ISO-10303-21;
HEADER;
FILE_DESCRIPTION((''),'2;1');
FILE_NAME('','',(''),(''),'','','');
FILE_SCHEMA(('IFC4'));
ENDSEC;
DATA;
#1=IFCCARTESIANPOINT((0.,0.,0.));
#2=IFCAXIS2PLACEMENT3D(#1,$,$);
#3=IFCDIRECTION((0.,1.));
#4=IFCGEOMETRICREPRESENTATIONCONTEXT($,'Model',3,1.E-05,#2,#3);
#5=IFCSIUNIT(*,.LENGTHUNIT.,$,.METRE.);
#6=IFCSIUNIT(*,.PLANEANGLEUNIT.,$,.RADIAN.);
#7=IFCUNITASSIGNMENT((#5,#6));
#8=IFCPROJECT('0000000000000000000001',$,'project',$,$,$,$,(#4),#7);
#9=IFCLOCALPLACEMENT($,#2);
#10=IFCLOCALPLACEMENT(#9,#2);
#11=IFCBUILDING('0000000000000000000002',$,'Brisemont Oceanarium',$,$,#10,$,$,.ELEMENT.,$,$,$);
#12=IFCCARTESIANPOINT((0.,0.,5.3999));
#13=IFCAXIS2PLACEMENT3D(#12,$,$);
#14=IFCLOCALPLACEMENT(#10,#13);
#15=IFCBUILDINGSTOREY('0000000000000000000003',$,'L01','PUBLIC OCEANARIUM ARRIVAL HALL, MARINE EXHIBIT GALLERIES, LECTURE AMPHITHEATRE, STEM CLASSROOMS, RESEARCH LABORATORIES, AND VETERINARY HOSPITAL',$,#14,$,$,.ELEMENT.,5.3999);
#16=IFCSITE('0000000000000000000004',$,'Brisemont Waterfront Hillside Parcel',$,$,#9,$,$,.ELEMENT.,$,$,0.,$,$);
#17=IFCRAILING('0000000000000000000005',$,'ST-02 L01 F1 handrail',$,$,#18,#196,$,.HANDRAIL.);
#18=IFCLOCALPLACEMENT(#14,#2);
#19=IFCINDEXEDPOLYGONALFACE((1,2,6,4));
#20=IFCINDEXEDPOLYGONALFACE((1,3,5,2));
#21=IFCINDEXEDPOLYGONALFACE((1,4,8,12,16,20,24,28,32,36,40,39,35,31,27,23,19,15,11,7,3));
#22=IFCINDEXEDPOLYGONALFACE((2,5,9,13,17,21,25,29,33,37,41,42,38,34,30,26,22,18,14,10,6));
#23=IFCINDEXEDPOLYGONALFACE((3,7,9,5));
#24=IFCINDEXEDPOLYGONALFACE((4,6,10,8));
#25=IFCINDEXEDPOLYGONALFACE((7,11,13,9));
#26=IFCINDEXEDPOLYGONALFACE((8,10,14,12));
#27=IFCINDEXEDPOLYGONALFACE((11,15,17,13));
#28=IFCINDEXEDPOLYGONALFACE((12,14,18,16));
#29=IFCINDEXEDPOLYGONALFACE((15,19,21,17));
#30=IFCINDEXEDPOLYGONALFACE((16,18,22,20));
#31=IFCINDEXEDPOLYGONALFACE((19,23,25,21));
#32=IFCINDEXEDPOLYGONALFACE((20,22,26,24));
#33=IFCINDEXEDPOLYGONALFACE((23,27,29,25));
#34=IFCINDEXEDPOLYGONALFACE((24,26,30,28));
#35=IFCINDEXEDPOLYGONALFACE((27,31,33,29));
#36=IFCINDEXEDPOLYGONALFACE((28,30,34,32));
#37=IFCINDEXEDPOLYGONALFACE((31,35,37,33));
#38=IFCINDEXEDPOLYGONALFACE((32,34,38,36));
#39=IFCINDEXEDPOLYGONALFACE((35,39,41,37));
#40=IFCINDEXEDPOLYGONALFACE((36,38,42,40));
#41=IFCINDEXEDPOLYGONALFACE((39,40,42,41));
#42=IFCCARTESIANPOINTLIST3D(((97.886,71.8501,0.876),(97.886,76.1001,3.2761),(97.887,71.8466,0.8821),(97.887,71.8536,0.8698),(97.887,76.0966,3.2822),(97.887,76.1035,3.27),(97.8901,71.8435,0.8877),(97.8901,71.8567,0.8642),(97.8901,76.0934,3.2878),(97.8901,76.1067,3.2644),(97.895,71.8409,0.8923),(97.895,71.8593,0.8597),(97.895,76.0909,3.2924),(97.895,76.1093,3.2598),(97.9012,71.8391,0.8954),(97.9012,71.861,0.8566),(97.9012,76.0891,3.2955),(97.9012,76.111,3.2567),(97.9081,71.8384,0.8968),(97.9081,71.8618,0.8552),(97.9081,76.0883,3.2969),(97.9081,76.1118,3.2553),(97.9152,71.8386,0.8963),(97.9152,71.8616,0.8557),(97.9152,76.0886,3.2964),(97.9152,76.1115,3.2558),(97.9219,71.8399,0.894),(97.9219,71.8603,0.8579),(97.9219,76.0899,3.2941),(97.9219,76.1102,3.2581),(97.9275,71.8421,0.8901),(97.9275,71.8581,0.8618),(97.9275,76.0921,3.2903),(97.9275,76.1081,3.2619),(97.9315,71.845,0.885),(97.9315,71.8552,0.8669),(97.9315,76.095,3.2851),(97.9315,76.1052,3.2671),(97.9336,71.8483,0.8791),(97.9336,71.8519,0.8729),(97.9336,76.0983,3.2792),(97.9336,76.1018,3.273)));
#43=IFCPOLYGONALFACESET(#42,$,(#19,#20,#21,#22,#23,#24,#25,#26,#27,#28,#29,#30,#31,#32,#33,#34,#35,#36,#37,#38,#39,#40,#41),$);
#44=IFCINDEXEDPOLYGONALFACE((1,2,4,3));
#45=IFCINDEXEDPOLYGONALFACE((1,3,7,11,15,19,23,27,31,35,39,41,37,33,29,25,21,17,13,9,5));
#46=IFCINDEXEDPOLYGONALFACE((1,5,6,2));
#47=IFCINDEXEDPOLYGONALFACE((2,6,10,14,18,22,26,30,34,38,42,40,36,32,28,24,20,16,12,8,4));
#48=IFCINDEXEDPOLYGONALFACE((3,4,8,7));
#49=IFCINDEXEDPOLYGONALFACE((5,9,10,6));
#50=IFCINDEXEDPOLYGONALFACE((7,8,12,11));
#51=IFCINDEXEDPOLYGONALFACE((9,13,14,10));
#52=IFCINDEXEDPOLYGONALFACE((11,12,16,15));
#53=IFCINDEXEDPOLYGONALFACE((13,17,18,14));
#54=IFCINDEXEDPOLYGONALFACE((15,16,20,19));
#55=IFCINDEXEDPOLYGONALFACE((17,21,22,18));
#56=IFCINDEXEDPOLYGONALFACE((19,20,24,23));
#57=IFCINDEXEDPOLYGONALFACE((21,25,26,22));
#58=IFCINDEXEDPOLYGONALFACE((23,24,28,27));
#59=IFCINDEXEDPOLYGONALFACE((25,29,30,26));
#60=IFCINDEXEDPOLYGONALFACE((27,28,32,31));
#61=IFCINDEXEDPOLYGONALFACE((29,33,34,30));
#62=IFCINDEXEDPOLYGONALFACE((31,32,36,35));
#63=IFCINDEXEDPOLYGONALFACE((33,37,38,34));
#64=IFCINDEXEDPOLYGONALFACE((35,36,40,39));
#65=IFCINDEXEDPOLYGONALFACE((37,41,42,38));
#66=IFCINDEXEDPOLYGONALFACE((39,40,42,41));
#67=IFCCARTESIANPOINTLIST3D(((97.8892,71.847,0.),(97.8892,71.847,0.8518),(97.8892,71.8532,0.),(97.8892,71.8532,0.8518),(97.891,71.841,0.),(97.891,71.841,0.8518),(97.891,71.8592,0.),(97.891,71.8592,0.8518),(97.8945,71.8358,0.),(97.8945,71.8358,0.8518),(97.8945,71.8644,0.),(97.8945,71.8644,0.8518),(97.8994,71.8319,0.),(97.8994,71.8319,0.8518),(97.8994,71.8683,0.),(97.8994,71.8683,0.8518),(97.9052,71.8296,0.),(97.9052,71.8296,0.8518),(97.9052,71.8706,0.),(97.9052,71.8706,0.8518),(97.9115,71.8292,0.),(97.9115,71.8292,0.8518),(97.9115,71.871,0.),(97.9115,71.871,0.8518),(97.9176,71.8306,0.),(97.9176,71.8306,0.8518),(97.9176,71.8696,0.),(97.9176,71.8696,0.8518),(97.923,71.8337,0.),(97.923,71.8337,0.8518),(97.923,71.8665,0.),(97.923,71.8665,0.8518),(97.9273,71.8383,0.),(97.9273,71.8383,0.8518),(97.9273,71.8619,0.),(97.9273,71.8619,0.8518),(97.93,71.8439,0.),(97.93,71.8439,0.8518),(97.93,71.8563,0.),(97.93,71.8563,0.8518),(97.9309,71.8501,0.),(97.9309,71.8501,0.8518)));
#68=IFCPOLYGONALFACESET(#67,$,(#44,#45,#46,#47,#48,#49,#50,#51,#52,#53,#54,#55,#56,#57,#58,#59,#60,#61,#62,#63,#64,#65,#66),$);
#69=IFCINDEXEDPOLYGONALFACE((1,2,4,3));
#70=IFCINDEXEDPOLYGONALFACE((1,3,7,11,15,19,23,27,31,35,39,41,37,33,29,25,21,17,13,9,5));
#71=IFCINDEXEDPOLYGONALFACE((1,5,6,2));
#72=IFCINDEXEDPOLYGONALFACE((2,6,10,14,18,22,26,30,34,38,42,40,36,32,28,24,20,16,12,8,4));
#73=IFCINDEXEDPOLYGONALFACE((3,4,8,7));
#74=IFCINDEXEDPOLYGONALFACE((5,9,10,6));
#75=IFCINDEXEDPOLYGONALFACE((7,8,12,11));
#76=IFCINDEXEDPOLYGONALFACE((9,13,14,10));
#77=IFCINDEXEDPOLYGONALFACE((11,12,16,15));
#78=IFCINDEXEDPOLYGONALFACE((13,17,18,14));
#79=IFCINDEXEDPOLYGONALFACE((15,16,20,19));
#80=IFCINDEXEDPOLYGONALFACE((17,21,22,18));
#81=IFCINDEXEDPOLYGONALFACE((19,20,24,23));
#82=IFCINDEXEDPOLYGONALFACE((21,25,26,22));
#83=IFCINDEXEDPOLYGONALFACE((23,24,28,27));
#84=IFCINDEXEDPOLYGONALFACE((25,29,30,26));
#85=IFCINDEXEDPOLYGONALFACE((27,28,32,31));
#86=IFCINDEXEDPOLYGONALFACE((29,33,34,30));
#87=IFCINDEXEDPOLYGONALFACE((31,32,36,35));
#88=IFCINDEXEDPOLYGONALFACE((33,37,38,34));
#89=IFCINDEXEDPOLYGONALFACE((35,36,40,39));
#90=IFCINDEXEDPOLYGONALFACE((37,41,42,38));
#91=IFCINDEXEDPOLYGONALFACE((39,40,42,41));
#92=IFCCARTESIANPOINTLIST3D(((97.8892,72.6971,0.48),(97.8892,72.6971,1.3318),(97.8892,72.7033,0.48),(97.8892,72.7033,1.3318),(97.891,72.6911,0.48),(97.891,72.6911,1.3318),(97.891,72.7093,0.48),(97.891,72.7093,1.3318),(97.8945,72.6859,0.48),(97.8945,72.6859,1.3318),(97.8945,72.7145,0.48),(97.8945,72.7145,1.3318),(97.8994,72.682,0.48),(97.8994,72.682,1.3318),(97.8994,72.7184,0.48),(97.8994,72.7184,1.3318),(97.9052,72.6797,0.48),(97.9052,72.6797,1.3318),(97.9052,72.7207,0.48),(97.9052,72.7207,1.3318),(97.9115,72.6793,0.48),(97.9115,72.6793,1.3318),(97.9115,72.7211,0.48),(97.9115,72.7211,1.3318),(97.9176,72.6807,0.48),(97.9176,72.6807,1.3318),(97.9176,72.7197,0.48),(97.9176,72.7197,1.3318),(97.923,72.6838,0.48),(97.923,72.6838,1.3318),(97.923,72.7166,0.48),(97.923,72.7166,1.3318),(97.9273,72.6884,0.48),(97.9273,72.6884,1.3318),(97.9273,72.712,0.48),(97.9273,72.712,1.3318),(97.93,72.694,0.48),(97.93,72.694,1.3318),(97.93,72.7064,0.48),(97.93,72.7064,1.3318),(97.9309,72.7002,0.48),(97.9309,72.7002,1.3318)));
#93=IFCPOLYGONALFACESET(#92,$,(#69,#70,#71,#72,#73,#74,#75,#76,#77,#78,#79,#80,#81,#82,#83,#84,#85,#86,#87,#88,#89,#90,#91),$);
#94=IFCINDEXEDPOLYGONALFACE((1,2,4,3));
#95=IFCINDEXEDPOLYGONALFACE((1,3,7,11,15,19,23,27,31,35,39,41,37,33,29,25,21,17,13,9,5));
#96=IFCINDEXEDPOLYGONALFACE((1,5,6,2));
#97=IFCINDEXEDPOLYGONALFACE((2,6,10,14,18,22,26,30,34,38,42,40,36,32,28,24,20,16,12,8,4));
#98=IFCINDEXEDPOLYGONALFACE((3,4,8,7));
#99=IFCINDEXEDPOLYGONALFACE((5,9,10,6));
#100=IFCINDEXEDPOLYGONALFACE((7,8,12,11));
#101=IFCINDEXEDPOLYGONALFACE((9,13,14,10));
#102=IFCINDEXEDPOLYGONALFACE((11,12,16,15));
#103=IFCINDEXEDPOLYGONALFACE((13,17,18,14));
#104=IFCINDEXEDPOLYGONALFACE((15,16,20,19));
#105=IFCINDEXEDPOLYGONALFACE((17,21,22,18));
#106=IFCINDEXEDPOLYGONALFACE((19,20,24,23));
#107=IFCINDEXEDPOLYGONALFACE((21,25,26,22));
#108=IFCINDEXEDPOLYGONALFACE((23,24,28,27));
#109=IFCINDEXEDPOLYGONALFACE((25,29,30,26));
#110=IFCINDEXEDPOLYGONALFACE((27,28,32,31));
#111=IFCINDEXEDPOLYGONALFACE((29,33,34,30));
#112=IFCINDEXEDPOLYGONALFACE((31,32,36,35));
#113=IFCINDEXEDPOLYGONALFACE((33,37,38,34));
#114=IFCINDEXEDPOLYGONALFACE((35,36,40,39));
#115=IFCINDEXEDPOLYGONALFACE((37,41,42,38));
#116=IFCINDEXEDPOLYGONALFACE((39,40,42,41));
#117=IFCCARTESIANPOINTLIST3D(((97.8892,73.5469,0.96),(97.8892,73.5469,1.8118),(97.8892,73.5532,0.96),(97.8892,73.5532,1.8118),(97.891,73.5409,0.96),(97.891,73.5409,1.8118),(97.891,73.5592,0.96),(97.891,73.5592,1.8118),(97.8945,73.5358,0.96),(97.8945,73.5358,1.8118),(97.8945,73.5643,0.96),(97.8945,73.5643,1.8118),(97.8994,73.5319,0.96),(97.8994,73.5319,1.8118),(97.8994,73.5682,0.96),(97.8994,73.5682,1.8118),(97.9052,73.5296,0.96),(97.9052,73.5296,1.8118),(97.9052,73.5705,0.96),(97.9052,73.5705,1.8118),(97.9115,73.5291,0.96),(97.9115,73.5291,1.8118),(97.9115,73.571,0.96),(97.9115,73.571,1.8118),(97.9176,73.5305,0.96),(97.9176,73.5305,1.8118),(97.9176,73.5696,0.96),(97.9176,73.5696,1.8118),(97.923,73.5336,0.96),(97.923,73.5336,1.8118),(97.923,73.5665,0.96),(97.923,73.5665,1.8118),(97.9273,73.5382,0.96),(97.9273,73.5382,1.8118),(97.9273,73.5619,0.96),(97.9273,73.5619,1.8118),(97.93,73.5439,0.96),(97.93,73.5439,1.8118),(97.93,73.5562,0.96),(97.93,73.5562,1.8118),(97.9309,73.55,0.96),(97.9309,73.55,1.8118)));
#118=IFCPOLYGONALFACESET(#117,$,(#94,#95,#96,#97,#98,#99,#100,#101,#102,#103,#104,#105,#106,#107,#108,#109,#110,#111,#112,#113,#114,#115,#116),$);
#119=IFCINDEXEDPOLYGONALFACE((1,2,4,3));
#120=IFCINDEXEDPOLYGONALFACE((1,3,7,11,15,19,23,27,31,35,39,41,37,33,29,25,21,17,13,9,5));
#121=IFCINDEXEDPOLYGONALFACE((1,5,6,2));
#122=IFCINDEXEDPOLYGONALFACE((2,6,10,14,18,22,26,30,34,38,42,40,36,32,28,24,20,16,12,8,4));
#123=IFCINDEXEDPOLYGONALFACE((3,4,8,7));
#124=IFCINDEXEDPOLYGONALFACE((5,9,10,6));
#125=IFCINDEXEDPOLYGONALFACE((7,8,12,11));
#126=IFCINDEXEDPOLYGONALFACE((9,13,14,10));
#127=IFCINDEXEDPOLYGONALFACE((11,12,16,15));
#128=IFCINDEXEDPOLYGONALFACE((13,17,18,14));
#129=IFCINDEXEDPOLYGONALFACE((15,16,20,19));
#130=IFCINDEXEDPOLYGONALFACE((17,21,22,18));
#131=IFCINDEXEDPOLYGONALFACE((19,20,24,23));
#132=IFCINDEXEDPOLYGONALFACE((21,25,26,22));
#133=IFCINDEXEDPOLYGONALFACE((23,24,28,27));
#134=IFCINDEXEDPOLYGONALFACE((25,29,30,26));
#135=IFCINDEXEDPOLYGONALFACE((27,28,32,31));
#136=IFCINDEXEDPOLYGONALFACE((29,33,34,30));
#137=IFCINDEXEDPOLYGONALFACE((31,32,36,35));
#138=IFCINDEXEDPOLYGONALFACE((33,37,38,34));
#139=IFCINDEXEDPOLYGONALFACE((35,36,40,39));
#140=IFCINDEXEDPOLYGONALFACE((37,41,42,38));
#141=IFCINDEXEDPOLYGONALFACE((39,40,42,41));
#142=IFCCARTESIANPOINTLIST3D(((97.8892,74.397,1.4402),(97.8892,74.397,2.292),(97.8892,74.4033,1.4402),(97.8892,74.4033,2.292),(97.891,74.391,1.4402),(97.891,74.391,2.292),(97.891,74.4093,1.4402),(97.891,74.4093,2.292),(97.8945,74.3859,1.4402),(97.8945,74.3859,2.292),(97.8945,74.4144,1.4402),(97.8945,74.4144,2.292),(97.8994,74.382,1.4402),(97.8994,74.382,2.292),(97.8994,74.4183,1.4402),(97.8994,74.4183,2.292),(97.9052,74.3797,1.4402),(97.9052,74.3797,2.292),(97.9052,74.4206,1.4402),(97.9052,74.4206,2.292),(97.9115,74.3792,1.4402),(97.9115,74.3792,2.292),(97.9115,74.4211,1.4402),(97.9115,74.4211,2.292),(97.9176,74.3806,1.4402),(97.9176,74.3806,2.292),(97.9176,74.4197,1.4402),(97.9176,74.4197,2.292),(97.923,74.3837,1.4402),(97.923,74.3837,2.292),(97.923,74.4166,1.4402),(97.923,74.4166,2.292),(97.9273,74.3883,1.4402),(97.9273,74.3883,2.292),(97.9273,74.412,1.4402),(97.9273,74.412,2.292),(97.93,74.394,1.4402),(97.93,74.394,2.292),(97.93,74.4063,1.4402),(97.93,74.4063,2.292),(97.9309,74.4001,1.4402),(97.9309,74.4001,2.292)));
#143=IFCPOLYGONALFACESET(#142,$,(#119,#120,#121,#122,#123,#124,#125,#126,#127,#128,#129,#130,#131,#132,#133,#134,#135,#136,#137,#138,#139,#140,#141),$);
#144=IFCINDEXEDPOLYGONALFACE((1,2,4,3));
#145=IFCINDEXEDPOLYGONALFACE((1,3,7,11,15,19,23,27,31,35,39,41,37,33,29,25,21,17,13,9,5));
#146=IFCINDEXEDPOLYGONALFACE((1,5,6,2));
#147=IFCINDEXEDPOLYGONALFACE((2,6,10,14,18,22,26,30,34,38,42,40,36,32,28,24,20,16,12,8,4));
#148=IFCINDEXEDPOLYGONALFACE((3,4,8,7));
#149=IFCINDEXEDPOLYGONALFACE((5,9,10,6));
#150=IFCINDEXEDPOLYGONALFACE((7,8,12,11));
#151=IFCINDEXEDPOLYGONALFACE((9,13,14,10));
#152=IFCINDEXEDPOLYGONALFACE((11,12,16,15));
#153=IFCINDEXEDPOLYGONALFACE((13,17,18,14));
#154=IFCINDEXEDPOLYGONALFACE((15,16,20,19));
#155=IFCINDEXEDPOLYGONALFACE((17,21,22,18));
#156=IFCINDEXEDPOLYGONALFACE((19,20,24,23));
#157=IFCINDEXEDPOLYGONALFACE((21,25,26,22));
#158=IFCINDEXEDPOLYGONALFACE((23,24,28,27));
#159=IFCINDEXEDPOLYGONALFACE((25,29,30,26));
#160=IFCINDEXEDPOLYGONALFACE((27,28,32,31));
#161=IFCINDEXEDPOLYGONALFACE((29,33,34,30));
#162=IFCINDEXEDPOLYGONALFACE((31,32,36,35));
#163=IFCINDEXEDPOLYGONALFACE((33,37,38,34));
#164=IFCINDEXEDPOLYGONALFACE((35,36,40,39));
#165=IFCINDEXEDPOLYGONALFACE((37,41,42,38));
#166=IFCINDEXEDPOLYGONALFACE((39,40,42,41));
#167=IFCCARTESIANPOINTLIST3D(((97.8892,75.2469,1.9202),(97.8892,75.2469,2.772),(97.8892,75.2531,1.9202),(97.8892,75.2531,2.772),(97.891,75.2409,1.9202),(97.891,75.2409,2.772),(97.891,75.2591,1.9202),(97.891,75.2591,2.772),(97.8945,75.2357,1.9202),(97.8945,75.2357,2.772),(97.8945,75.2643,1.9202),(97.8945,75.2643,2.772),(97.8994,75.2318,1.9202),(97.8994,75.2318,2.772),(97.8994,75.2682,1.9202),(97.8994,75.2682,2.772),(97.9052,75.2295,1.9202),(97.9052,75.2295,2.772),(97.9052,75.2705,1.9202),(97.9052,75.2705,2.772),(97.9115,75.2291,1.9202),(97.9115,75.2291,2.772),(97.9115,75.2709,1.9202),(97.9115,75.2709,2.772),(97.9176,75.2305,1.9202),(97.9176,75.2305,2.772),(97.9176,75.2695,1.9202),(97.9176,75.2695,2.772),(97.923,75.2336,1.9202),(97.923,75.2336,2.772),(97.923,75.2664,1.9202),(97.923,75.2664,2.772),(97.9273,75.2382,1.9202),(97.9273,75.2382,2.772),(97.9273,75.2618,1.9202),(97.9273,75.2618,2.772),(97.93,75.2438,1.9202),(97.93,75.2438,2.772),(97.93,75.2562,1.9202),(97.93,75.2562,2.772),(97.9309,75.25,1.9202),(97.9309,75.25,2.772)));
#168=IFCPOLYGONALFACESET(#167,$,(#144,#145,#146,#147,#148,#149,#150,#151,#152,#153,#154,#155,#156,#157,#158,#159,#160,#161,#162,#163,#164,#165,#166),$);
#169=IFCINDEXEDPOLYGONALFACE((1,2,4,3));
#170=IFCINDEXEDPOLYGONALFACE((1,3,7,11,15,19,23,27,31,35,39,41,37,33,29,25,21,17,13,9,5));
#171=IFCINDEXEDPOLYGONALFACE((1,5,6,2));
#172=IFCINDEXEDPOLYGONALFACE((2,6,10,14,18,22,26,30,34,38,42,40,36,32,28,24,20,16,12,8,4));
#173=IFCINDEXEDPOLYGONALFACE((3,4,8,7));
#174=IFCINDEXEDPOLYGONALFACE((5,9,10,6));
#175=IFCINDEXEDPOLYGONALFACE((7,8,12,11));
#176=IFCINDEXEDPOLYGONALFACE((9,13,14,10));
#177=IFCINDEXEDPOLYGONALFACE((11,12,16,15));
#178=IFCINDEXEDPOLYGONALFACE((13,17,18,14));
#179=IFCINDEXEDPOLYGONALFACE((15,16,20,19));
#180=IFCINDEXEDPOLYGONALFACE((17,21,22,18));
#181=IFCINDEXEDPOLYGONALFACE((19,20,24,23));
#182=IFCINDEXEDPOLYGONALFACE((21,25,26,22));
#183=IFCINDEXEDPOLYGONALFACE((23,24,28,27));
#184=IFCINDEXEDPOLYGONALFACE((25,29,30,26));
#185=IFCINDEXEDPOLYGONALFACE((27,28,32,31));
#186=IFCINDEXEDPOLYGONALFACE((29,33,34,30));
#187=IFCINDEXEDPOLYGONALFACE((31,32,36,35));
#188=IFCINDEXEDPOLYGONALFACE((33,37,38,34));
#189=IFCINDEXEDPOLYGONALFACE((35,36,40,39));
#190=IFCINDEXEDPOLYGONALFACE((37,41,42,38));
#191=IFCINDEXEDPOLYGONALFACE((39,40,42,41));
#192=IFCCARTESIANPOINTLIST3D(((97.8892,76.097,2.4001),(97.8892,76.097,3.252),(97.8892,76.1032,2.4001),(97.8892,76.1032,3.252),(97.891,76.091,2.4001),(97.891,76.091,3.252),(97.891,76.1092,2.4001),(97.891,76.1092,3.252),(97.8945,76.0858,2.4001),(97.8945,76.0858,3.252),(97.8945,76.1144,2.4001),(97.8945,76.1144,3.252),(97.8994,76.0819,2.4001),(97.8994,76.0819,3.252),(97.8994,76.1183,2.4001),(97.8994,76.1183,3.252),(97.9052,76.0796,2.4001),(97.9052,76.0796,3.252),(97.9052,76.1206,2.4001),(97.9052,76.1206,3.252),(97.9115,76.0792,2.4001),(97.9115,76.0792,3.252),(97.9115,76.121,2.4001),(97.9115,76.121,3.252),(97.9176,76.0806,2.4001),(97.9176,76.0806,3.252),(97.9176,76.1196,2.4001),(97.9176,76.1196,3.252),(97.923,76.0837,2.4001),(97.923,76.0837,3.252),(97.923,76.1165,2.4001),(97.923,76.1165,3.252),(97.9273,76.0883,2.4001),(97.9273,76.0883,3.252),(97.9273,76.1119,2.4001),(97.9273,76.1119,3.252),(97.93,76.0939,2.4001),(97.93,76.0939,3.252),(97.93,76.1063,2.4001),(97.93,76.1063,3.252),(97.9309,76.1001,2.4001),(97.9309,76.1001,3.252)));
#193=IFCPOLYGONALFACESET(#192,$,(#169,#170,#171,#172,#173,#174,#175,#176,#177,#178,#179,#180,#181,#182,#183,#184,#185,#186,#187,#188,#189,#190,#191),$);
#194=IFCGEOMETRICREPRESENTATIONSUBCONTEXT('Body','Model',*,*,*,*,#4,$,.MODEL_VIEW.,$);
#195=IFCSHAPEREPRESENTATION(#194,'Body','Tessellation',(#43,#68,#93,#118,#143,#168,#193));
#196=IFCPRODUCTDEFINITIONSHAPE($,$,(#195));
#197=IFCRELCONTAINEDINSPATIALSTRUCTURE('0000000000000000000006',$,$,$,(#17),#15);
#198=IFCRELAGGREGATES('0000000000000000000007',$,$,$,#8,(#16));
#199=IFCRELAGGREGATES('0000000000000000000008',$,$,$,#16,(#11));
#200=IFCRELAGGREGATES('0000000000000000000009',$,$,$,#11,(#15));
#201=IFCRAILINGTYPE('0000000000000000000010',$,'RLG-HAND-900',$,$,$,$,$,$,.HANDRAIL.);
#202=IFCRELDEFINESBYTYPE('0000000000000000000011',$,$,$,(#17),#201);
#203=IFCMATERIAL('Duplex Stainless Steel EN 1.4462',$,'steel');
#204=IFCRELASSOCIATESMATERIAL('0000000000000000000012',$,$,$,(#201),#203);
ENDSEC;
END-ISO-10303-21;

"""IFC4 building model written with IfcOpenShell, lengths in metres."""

from ifc_helpers import new_model, si_unit, direction, frame, origin, origin_2d, place, context, subcontext, project, spatial, circle, extrude, material, type_object, element, save


model = new_model("IFC4")

# Units and contexts
model_context = context("Model", 3, precision=1e-05, world=origin(), true_north=direction((0.0, 1.0)))
body_context = subcontext(model_context, "Body", "Model", "MODEL_VIEW")
ifc_project = project(units=[si_unit("LENGTHUNIT", "METRE"), si_unit("PLANEANGLEUNIT", "RADIAN")], contexts=[model_context])

# Site, building, storey
site_placement = place(None, origin())
site = spatial("IfcSite", under=ifc_project, at=site_placement, Name="Brisemont Waterfront Hillside Parcel", CompositionType="ELEMENT", RefElevation=0.0)
building_placement = place(site_placement, origin())
building = spatial("IfcBuilding", under=site, at=building_placement, Name="Brisemont Oceanarium", CompositionType="ELEMENT")
storey_placement = place(building_placement, frame((0.0, 0.0, 5.3999)))
storey = spatial("IfcBuildingStorey", under=building, at=storey_placement, Name="L01", Description="PUBLIC OCEANARIUM ARRIVAL HALL, MARINE EXHIBIT GALLERIES, LECTURE AMPHITHEATRE, STEM CLASSROOMS, RESEARCH LABORATORIES, AND VETERINARY HOSPITAL", CompositionType="ELEMENT", Elevation=5.3999)

# Railing
ifc_material_1 = material(Name="Duplex Stainless Steel EN 1.4462", Category="steel")
railing_type_1 = type_object("IfcRailingType", Name="RLG-HAND-900", PredefinedType="HANDRAIL", material=ifc_material_1)
railing_1_placement = place(storey_placement, frame((97.9099, 71.8501, 0.0)))
element("IfcRailing", 1, at=railing_1_placement, inside=storey, type_object=railing_type_1, Name="ST-02 L01 F1 handrail", PredefinedType="HANDRAIL", context=body_context, shape_type="SweptSolid", body=[
    extrude(circle(Radius=0.0239, at=origin_2d()), frame((0.0, 0.0, 0.876), z_axis=(0.0, 0.870741, 0.491742), x_axis=(-1.0, 0.0, 0.0)), (0.0, 0.0, 1.0), 4.8809),
    extrude(circle(Radius=0.021, at=origin_2d()), origin(), (0.0, 0.0, 1.0), 0.8518),
    extrude(circle(Radius=0.021, at=origin_2d()), frame((0.0, 0.8501, 0.48)), (0.0, 0.0, 1.0), 0.8518),
    extrude(circle(Radius=0.021, at=origin_2d()), frame((0.0, 1.7, 0.96)), (0.0, 0.0, 1.0), 0.8518),
    extrude(circle(Radius=0.021, at=origin_2d()), frame((0.0, 2.55, 1.4402)), (0.0, 0.0, 1.0), 0.8518),
    extrude(circle(Radius=0.021, at=origin_2d()), frame((0.0, 3.3999, 1.9202)), (0.0, 0.0, 1.0), 0.8518),
    extrude(circle(Radius=0.021, at=origin_2d()), frame((0.0, 4.25, 2.4001)), (0.0, 0.0, 1.0), 0.8518),
])

save(model, "model.ifc")
